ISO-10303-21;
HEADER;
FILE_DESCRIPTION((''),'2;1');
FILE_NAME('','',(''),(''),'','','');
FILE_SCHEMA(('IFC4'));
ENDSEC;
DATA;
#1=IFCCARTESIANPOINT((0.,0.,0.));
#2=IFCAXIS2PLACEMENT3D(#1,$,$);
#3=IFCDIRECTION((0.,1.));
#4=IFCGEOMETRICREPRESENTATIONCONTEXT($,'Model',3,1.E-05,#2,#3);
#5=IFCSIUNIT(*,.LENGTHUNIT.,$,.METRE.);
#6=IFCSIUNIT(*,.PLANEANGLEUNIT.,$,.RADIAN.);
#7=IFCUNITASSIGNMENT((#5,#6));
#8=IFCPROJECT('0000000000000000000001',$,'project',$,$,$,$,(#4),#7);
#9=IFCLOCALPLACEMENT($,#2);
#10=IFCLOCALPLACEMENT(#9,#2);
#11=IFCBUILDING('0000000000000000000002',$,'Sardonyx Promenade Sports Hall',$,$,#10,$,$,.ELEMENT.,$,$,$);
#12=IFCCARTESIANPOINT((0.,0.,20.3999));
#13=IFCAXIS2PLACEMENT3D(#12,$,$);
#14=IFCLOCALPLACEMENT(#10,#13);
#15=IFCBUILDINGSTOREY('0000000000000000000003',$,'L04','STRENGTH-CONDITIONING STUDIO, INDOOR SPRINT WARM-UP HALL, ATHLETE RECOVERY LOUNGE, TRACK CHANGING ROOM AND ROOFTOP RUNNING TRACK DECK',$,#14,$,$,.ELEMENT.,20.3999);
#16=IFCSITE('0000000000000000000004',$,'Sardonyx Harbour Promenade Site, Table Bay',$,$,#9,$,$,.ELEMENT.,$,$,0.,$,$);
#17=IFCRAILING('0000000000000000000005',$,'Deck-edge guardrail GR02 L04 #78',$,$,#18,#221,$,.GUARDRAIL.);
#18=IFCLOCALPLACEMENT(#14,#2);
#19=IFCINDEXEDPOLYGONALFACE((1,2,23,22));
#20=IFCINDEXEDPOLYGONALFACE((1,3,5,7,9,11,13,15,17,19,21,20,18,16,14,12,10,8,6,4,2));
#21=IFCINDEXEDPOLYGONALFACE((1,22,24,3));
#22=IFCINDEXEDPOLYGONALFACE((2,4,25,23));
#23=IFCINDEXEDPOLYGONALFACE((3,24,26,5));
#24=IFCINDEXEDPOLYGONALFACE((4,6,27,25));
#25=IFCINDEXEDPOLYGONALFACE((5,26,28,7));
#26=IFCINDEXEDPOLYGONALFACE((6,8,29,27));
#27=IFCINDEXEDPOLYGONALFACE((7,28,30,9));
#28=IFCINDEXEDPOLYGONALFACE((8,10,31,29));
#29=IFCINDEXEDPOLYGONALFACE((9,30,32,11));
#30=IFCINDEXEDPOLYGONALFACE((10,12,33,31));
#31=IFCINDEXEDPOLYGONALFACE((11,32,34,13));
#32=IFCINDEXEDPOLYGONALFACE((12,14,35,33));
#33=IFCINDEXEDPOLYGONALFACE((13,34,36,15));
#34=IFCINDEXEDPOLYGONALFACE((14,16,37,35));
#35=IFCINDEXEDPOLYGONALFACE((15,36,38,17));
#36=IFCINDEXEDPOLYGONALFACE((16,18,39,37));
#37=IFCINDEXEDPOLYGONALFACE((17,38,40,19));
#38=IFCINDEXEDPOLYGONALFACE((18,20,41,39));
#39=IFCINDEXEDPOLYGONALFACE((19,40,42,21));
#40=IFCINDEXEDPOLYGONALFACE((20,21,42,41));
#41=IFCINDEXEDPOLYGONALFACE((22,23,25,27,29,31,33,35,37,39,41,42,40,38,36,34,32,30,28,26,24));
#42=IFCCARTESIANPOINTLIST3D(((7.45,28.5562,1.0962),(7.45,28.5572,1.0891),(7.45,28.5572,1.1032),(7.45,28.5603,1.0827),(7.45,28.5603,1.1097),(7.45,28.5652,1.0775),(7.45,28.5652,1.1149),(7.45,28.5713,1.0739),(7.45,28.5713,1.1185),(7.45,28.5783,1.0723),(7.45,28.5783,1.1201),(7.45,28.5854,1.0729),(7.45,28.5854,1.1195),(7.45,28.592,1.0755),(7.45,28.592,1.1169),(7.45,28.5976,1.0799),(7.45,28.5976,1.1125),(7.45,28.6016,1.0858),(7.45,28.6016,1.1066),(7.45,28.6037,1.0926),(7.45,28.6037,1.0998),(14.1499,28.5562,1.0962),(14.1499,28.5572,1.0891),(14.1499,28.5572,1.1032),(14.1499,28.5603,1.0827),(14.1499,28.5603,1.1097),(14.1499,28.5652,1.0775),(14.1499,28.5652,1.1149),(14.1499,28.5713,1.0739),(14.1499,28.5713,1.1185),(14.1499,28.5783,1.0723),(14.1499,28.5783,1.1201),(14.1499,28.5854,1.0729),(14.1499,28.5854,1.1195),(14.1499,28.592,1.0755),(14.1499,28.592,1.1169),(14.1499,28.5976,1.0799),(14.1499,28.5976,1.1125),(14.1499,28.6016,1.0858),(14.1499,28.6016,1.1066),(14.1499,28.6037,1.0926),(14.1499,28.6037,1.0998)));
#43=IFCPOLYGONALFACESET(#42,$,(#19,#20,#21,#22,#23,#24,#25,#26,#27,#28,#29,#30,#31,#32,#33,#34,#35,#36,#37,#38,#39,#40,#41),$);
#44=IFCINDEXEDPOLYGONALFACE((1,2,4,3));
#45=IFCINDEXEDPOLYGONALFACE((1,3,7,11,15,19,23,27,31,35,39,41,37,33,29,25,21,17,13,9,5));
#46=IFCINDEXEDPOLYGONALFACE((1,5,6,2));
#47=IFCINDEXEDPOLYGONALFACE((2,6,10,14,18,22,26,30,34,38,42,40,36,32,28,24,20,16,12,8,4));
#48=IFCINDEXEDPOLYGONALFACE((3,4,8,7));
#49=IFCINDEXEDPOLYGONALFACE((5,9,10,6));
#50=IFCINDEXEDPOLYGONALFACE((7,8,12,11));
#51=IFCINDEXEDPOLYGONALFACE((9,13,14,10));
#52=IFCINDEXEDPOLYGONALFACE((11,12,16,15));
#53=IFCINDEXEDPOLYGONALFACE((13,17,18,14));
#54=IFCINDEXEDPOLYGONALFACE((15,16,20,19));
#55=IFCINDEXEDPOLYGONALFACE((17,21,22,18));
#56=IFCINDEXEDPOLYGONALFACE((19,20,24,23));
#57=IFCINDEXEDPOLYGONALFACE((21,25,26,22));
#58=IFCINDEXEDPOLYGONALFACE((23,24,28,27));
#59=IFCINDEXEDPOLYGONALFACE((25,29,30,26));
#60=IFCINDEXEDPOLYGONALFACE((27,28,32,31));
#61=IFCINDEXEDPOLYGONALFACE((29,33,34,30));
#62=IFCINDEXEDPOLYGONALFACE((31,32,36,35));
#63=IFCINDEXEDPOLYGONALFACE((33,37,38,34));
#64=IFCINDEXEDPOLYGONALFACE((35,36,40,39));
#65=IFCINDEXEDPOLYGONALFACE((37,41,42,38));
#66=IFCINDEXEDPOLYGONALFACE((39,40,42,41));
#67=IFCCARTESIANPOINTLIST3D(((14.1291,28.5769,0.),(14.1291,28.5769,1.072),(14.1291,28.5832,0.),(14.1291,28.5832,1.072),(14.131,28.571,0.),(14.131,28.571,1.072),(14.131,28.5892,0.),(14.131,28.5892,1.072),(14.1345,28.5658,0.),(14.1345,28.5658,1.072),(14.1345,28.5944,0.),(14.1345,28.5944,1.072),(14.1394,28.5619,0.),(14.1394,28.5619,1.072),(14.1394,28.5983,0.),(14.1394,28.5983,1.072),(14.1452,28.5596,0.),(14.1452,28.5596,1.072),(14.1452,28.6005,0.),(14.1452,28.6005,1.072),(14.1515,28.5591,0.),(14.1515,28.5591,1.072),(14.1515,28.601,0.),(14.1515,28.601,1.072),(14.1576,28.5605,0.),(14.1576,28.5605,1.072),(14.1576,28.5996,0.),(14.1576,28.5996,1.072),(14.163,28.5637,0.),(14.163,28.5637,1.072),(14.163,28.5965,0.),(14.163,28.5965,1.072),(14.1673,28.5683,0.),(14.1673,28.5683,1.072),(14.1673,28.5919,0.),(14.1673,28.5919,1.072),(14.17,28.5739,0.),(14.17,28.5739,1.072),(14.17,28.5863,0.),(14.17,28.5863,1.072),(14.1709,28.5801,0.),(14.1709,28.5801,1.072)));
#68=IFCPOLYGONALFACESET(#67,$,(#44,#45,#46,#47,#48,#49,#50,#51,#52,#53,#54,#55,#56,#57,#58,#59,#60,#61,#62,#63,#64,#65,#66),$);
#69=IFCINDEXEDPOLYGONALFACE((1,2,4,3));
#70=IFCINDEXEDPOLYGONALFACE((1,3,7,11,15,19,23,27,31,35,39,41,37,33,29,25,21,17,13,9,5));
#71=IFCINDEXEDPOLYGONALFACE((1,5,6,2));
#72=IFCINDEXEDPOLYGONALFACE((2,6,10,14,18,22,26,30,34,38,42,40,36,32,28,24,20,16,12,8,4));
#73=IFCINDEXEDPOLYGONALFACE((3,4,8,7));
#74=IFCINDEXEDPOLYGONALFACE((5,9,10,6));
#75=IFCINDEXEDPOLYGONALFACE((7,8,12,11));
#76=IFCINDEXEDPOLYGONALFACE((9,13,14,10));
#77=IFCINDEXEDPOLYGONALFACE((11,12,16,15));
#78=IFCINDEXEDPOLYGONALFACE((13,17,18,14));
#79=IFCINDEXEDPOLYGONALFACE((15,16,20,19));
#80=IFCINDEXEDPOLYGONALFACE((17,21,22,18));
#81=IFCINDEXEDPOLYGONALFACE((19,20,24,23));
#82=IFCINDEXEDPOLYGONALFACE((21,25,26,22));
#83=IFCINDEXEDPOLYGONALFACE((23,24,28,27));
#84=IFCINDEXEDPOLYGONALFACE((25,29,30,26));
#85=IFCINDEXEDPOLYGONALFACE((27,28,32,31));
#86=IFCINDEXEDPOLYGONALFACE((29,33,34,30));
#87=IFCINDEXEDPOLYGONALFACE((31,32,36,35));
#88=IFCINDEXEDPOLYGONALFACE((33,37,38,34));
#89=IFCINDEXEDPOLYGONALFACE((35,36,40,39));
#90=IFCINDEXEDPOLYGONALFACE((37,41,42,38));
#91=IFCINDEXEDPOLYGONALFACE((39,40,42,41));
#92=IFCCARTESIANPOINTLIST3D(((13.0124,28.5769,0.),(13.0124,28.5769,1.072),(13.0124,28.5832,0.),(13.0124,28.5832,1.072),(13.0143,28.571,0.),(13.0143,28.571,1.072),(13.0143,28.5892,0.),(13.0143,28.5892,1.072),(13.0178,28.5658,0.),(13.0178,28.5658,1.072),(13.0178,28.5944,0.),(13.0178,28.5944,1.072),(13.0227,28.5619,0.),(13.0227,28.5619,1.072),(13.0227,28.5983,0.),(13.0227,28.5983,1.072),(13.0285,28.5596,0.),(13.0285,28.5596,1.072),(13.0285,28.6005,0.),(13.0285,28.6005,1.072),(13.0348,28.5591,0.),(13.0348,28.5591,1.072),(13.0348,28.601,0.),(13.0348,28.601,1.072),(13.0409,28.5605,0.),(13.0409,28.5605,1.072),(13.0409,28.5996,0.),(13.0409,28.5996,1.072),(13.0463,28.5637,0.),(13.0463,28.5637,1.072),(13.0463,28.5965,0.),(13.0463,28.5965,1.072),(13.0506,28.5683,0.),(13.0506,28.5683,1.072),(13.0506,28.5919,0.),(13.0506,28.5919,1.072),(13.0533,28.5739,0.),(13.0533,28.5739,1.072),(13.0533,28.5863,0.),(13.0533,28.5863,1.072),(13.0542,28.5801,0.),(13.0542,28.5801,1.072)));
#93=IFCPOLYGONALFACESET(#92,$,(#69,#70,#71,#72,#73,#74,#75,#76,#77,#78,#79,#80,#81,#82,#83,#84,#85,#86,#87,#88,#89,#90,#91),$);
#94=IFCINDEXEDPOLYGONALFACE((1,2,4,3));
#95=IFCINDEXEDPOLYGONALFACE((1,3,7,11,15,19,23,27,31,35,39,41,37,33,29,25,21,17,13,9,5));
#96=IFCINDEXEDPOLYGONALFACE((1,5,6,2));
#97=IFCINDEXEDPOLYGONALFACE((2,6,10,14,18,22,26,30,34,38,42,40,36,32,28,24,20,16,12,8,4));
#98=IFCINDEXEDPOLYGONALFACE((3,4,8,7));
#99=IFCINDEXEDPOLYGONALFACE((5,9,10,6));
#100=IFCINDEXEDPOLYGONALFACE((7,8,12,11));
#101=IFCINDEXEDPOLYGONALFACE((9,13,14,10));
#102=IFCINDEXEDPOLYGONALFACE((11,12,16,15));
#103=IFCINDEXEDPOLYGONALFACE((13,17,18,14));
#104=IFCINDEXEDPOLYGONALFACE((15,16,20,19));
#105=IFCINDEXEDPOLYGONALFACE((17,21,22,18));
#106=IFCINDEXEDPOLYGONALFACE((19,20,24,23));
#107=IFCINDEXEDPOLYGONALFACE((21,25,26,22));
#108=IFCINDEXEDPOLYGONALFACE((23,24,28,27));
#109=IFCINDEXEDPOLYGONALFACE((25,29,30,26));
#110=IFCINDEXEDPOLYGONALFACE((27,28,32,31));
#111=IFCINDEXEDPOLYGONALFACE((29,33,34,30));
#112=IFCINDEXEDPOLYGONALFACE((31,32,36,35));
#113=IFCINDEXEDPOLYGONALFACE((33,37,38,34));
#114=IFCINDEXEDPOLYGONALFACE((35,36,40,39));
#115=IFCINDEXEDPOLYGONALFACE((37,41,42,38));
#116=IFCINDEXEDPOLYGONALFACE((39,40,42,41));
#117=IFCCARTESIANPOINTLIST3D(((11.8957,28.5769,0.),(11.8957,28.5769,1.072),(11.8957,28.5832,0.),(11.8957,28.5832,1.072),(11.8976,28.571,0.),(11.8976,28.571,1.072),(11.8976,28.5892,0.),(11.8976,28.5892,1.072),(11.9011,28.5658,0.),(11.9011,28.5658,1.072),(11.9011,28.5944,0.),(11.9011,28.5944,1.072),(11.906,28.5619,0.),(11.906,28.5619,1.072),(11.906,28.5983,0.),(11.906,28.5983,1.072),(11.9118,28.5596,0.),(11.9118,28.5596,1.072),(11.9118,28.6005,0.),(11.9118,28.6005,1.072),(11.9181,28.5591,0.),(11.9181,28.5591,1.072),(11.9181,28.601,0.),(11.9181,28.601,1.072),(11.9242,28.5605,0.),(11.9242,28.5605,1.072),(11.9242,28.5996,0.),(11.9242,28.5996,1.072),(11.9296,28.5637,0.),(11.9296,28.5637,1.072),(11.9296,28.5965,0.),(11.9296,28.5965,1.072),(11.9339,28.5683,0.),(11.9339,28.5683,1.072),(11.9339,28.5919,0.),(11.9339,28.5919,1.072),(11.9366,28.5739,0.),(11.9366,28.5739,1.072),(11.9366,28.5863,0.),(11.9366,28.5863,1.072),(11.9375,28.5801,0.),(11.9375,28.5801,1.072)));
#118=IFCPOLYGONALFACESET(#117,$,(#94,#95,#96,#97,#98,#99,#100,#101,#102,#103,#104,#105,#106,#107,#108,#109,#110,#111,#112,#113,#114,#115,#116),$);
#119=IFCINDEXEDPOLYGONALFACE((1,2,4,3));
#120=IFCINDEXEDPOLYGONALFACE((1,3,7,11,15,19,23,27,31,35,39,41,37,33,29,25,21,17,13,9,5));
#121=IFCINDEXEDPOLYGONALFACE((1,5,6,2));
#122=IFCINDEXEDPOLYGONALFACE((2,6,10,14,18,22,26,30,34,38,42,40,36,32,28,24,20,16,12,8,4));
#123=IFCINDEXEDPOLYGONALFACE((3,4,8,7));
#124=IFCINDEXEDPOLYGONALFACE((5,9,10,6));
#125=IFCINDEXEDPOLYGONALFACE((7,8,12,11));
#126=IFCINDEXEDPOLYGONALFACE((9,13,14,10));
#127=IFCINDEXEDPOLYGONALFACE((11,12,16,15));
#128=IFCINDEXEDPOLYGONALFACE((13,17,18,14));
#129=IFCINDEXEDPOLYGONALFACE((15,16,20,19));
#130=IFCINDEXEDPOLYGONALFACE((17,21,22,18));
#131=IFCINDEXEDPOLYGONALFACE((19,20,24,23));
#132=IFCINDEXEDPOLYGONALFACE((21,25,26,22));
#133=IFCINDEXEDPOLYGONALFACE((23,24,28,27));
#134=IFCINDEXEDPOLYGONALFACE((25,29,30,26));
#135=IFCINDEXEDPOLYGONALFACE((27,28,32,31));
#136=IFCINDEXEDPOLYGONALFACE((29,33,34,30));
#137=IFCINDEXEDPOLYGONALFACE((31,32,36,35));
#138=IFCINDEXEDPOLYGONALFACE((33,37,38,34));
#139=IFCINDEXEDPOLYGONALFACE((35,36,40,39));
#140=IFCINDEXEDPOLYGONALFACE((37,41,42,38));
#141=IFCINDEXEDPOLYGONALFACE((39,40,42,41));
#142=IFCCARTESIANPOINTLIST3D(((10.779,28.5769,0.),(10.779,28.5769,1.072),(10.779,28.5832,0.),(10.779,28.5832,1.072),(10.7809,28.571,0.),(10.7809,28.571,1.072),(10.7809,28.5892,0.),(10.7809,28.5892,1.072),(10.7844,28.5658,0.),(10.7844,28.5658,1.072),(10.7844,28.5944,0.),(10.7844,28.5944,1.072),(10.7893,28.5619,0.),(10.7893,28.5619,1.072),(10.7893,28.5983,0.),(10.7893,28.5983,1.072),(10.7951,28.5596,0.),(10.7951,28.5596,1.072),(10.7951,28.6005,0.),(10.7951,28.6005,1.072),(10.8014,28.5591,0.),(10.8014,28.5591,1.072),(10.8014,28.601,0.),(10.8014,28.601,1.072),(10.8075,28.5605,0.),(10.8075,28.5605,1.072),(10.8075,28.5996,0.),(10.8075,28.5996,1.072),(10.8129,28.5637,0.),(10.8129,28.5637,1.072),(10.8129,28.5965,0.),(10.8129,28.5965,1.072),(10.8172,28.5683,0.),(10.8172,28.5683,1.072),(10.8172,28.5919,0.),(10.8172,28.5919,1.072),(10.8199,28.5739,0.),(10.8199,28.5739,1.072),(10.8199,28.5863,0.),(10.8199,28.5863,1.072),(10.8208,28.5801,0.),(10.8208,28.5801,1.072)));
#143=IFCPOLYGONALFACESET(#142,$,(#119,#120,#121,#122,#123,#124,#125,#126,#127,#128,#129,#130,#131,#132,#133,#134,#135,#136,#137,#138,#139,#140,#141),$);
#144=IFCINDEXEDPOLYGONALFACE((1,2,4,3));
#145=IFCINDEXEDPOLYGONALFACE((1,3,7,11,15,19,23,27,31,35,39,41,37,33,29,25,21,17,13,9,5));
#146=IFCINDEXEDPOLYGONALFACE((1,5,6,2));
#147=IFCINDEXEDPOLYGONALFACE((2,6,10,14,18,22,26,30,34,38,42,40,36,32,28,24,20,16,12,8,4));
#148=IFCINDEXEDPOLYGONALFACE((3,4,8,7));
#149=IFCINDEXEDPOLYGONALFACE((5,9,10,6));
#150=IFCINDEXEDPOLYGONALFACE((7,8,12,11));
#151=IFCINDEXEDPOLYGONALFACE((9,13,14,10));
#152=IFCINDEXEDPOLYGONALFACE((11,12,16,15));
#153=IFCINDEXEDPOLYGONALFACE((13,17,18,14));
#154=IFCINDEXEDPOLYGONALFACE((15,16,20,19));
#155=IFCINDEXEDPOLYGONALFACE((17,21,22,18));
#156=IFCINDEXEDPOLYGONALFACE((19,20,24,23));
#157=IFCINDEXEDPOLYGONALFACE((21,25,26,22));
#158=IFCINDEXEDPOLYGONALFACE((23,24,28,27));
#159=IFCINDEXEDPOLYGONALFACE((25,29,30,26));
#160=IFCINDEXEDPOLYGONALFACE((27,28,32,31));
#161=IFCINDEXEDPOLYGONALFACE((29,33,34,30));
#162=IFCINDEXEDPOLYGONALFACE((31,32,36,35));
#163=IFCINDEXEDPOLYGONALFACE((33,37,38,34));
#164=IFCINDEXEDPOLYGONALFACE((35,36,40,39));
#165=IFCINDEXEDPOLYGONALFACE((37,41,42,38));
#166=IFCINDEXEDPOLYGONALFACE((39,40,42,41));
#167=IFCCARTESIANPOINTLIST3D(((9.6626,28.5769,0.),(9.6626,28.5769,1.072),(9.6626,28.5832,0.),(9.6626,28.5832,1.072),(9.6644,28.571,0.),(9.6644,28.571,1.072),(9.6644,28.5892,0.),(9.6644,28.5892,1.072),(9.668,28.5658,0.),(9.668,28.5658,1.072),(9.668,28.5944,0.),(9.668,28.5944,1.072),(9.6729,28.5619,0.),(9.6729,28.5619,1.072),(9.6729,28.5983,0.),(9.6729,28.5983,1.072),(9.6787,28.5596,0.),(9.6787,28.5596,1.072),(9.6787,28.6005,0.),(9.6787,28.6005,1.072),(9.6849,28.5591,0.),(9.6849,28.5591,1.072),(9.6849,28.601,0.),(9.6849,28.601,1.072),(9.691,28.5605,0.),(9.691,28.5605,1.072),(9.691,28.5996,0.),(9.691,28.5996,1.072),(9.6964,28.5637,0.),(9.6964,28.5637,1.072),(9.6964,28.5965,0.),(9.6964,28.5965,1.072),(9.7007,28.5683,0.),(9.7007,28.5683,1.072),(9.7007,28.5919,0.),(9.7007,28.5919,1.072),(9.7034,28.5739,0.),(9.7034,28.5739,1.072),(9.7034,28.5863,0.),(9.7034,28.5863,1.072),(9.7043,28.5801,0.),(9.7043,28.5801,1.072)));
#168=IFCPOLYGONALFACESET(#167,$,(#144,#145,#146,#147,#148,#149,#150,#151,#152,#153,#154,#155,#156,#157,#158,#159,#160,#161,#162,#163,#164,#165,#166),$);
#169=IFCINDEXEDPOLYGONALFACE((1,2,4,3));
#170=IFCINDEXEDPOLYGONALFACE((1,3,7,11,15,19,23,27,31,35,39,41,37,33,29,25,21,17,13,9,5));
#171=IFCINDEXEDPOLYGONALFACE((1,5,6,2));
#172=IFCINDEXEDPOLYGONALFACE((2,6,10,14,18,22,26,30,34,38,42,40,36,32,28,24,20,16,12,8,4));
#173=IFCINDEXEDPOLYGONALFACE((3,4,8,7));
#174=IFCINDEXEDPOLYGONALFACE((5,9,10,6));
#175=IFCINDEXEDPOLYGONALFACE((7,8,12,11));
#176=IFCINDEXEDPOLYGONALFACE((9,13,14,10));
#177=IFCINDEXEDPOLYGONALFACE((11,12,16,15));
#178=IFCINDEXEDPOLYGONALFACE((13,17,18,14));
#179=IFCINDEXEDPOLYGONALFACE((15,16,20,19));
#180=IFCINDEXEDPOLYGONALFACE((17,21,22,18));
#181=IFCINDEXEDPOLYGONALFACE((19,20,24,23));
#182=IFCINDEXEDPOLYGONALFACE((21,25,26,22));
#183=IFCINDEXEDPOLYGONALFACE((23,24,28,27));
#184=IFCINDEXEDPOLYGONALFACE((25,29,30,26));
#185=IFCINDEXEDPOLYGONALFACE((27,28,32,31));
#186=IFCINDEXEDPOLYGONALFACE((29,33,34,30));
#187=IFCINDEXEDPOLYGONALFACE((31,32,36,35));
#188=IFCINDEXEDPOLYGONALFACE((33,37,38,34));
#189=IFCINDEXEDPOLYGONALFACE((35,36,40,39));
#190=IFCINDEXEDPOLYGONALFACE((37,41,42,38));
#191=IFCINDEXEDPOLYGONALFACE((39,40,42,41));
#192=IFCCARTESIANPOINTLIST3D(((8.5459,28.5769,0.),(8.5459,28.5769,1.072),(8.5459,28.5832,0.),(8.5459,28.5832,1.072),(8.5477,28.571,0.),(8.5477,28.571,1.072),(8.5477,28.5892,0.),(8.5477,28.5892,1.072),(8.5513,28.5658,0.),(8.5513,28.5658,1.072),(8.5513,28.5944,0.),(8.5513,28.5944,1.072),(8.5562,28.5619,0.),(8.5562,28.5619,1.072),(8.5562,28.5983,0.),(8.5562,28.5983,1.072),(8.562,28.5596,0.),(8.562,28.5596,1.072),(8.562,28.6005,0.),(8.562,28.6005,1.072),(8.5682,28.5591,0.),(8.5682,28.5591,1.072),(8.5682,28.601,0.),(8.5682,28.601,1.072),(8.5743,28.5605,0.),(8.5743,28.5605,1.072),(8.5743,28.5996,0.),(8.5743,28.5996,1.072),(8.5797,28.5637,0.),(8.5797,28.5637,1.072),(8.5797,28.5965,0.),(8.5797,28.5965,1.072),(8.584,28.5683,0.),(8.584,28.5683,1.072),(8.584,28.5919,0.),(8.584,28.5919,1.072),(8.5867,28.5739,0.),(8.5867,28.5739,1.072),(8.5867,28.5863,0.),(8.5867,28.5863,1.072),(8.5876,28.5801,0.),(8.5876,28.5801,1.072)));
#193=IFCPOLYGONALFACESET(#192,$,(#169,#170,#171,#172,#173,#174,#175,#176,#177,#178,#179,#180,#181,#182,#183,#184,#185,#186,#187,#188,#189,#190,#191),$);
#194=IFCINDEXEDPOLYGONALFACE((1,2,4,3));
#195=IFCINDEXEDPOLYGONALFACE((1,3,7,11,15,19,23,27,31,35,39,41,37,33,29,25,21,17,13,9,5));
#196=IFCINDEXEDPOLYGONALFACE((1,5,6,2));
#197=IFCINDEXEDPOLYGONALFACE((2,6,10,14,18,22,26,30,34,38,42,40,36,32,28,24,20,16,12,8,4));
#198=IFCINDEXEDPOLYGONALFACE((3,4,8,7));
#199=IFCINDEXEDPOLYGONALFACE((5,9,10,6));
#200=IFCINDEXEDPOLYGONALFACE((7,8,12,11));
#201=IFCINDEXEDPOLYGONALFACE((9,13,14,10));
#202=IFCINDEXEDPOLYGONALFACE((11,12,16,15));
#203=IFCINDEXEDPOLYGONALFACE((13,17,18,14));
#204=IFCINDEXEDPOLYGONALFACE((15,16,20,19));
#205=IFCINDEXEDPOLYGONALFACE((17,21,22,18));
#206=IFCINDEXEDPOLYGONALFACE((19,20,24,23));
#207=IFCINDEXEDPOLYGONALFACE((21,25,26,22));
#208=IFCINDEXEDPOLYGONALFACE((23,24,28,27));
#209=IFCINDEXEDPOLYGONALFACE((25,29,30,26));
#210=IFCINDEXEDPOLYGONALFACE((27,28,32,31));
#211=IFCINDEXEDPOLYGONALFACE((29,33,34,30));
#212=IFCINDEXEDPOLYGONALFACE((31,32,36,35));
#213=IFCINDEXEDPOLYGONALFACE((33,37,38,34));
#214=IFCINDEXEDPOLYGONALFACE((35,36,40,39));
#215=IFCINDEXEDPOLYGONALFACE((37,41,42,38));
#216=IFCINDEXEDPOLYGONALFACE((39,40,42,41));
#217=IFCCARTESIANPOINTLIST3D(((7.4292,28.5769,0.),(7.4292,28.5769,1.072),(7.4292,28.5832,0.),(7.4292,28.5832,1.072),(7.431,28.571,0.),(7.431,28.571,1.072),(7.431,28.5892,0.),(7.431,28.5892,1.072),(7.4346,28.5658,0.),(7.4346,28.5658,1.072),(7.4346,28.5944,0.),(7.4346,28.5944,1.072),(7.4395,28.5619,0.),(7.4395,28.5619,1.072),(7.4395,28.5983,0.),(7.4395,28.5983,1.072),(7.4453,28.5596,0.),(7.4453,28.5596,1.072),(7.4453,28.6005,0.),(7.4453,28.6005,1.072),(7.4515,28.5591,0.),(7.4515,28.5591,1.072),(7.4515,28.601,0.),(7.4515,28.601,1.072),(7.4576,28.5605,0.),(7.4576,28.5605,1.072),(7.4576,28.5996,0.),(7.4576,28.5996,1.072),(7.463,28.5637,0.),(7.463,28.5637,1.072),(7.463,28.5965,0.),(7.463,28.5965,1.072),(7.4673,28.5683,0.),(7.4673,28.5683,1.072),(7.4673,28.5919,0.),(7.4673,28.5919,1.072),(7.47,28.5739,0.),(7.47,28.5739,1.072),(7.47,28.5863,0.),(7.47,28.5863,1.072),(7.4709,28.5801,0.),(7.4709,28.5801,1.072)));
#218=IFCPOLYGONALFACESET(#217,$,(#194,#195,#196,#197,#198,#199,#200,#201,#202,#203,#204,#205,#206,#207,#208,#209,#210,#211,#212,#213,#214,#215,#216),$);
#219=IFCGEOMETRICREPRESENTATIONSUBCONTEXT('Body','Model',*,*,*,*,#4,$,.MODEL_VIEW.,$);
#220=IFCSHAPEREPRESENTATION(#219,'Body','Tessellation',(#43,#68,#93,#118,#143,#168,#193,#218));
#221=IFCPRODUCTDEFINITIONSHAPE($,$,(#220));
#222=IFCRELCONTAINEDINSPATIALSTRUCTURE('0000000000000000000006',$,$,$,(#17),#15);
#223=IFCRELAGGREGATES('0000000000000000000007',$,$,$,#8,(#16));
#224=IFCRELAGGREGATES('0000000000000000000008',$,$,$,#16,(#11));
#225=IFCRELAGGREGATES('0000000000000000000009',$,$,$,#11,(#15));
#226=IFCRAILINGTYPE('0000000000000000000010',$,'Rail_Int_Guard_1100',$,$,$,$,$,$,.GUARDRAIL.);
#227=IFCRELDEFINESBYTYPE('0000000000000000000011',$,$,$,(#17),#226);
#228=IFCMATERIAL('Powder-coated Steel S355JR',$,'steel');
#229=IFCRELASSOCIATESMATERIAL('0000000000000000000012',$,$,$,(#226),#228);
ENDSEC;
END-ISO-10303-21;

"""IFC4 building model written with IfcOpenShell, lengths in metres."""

from ifc_helpers import new_model, si_unit, direction, frame, origin, origin_2d, place, context, subcontext, project, spatial, circle, extrude, material, type_object, element, save


model = new_model("IFC4")

# Units and contexts
model_context = context("Model", 3, precision=1e-05, world=origin(), true_north=direction((0.0, 1.0)))
body_context = subcontext(model_context, "Body", "Model", "MODEL_VIEW")
ifc_project = project(units=[si_unit("LENGTHUNIT", "METRE"), si_unit("PLANEANGLEUNIT", "RADIAN")], contexts=[model_context])

# Site, building, storey
site_placement = place(None, origin())
site = spatial("IfcSite", under=ifc_project, at=site_placement, Name="Sardonyx Harbour Promenade Site, Table Bay", CompositionType="ELEMENT", RefElevation=0.0)
building_placement = place(site_placement, origin())
building = spatial("IfcBuilding", under=site, at=building_placement, Name="Sardonyx Promenade Sports Hall", CompositionType="ELEMENT")
storey_placement = place(building_placement, frame((0.0, 0.0, 20.3999)))
storey = spatial("IfcBuildingStorey", under=building, at=storey_placement, Name="L04", Description="STRENGTH-CONDITIONING STUDIO, INDOOR SPRINT WARM-UP HALL, ATHLETE RECOVERY LOUNGE, TRACK CHANGING ROOM AND ROOFTOP RUNNING TRACK DECK", CompositionType="ELEMENT", Elevation=20.3999)

# Railing
ifc_material_1 = material(Name="Powder-coated Steel S355JR", Category="steel")
railing_type = type_object("IfcRailingType", Name="Rail_Int_Guard_1100", PredefinedType="GUARDRAIL", material=ifc_material_1)
railing_1_placement = place(storey_placement, frame((14.1499, 28.5801, 0.0)))
element("IfcRailing", 1, at=railing_1_placement, inside=storey, type_object=railing_type, Name="Deck-edge guardrail GR02 L04 #78", PredefinedType="GUARDRAIL", context=body_context, shape_type="SweptSolid", body=[
    extrude(circle(Radius=0.0239, at=origin_2d()), frame((0.0, 0.0, 1.0962), z_axis=(-1.0, 0.0, 0.0), x_axis=(0.0, -1.0, 0.0)), (0.0, 0.0, 1.0), 6.7),
    extrude(circle(Radius=0.021, at=origin_2d()), origin(), (0.0, 0.0, 1.0), 1.072),
    extrude(circle(Radius=0.021, at=origin_2d()), frame((-1.1167, 0.0, 0.0)), (0.0, 0.0, 1.0), 1.072),
    extrude(circle(Radius=0.021, at=origin_2d()), frame((-2.2334, 0.0, 0.0)), (0.0, 0.0, 1.0), 1.072),
    extrude(circle(Radius=0.021, at=origin_2d()), frame((-3.3501, 0.0, 0.0)), (0.0, 0.0, 1.0), 1.072),
    extrude(circle(Radius=0.021, at=origin_2d()), frame((-4.4666, 0.0, 0.0)), (0.0, 0.0, 1.0), 1.072),
    extrude(circle(Radius=0.021, at=origin_2d()), frame((-5.5833, 0.0, 0.0)), (0.0, 0.0, 1.0), 1.072),
    extrude(circle(Radius=0.021, at=origin_2d()), frame((-6.7, 0.0, 0.0)), (0.0, 0.0, 1.0), 1.072),
])

save(model, "model.ifc")
